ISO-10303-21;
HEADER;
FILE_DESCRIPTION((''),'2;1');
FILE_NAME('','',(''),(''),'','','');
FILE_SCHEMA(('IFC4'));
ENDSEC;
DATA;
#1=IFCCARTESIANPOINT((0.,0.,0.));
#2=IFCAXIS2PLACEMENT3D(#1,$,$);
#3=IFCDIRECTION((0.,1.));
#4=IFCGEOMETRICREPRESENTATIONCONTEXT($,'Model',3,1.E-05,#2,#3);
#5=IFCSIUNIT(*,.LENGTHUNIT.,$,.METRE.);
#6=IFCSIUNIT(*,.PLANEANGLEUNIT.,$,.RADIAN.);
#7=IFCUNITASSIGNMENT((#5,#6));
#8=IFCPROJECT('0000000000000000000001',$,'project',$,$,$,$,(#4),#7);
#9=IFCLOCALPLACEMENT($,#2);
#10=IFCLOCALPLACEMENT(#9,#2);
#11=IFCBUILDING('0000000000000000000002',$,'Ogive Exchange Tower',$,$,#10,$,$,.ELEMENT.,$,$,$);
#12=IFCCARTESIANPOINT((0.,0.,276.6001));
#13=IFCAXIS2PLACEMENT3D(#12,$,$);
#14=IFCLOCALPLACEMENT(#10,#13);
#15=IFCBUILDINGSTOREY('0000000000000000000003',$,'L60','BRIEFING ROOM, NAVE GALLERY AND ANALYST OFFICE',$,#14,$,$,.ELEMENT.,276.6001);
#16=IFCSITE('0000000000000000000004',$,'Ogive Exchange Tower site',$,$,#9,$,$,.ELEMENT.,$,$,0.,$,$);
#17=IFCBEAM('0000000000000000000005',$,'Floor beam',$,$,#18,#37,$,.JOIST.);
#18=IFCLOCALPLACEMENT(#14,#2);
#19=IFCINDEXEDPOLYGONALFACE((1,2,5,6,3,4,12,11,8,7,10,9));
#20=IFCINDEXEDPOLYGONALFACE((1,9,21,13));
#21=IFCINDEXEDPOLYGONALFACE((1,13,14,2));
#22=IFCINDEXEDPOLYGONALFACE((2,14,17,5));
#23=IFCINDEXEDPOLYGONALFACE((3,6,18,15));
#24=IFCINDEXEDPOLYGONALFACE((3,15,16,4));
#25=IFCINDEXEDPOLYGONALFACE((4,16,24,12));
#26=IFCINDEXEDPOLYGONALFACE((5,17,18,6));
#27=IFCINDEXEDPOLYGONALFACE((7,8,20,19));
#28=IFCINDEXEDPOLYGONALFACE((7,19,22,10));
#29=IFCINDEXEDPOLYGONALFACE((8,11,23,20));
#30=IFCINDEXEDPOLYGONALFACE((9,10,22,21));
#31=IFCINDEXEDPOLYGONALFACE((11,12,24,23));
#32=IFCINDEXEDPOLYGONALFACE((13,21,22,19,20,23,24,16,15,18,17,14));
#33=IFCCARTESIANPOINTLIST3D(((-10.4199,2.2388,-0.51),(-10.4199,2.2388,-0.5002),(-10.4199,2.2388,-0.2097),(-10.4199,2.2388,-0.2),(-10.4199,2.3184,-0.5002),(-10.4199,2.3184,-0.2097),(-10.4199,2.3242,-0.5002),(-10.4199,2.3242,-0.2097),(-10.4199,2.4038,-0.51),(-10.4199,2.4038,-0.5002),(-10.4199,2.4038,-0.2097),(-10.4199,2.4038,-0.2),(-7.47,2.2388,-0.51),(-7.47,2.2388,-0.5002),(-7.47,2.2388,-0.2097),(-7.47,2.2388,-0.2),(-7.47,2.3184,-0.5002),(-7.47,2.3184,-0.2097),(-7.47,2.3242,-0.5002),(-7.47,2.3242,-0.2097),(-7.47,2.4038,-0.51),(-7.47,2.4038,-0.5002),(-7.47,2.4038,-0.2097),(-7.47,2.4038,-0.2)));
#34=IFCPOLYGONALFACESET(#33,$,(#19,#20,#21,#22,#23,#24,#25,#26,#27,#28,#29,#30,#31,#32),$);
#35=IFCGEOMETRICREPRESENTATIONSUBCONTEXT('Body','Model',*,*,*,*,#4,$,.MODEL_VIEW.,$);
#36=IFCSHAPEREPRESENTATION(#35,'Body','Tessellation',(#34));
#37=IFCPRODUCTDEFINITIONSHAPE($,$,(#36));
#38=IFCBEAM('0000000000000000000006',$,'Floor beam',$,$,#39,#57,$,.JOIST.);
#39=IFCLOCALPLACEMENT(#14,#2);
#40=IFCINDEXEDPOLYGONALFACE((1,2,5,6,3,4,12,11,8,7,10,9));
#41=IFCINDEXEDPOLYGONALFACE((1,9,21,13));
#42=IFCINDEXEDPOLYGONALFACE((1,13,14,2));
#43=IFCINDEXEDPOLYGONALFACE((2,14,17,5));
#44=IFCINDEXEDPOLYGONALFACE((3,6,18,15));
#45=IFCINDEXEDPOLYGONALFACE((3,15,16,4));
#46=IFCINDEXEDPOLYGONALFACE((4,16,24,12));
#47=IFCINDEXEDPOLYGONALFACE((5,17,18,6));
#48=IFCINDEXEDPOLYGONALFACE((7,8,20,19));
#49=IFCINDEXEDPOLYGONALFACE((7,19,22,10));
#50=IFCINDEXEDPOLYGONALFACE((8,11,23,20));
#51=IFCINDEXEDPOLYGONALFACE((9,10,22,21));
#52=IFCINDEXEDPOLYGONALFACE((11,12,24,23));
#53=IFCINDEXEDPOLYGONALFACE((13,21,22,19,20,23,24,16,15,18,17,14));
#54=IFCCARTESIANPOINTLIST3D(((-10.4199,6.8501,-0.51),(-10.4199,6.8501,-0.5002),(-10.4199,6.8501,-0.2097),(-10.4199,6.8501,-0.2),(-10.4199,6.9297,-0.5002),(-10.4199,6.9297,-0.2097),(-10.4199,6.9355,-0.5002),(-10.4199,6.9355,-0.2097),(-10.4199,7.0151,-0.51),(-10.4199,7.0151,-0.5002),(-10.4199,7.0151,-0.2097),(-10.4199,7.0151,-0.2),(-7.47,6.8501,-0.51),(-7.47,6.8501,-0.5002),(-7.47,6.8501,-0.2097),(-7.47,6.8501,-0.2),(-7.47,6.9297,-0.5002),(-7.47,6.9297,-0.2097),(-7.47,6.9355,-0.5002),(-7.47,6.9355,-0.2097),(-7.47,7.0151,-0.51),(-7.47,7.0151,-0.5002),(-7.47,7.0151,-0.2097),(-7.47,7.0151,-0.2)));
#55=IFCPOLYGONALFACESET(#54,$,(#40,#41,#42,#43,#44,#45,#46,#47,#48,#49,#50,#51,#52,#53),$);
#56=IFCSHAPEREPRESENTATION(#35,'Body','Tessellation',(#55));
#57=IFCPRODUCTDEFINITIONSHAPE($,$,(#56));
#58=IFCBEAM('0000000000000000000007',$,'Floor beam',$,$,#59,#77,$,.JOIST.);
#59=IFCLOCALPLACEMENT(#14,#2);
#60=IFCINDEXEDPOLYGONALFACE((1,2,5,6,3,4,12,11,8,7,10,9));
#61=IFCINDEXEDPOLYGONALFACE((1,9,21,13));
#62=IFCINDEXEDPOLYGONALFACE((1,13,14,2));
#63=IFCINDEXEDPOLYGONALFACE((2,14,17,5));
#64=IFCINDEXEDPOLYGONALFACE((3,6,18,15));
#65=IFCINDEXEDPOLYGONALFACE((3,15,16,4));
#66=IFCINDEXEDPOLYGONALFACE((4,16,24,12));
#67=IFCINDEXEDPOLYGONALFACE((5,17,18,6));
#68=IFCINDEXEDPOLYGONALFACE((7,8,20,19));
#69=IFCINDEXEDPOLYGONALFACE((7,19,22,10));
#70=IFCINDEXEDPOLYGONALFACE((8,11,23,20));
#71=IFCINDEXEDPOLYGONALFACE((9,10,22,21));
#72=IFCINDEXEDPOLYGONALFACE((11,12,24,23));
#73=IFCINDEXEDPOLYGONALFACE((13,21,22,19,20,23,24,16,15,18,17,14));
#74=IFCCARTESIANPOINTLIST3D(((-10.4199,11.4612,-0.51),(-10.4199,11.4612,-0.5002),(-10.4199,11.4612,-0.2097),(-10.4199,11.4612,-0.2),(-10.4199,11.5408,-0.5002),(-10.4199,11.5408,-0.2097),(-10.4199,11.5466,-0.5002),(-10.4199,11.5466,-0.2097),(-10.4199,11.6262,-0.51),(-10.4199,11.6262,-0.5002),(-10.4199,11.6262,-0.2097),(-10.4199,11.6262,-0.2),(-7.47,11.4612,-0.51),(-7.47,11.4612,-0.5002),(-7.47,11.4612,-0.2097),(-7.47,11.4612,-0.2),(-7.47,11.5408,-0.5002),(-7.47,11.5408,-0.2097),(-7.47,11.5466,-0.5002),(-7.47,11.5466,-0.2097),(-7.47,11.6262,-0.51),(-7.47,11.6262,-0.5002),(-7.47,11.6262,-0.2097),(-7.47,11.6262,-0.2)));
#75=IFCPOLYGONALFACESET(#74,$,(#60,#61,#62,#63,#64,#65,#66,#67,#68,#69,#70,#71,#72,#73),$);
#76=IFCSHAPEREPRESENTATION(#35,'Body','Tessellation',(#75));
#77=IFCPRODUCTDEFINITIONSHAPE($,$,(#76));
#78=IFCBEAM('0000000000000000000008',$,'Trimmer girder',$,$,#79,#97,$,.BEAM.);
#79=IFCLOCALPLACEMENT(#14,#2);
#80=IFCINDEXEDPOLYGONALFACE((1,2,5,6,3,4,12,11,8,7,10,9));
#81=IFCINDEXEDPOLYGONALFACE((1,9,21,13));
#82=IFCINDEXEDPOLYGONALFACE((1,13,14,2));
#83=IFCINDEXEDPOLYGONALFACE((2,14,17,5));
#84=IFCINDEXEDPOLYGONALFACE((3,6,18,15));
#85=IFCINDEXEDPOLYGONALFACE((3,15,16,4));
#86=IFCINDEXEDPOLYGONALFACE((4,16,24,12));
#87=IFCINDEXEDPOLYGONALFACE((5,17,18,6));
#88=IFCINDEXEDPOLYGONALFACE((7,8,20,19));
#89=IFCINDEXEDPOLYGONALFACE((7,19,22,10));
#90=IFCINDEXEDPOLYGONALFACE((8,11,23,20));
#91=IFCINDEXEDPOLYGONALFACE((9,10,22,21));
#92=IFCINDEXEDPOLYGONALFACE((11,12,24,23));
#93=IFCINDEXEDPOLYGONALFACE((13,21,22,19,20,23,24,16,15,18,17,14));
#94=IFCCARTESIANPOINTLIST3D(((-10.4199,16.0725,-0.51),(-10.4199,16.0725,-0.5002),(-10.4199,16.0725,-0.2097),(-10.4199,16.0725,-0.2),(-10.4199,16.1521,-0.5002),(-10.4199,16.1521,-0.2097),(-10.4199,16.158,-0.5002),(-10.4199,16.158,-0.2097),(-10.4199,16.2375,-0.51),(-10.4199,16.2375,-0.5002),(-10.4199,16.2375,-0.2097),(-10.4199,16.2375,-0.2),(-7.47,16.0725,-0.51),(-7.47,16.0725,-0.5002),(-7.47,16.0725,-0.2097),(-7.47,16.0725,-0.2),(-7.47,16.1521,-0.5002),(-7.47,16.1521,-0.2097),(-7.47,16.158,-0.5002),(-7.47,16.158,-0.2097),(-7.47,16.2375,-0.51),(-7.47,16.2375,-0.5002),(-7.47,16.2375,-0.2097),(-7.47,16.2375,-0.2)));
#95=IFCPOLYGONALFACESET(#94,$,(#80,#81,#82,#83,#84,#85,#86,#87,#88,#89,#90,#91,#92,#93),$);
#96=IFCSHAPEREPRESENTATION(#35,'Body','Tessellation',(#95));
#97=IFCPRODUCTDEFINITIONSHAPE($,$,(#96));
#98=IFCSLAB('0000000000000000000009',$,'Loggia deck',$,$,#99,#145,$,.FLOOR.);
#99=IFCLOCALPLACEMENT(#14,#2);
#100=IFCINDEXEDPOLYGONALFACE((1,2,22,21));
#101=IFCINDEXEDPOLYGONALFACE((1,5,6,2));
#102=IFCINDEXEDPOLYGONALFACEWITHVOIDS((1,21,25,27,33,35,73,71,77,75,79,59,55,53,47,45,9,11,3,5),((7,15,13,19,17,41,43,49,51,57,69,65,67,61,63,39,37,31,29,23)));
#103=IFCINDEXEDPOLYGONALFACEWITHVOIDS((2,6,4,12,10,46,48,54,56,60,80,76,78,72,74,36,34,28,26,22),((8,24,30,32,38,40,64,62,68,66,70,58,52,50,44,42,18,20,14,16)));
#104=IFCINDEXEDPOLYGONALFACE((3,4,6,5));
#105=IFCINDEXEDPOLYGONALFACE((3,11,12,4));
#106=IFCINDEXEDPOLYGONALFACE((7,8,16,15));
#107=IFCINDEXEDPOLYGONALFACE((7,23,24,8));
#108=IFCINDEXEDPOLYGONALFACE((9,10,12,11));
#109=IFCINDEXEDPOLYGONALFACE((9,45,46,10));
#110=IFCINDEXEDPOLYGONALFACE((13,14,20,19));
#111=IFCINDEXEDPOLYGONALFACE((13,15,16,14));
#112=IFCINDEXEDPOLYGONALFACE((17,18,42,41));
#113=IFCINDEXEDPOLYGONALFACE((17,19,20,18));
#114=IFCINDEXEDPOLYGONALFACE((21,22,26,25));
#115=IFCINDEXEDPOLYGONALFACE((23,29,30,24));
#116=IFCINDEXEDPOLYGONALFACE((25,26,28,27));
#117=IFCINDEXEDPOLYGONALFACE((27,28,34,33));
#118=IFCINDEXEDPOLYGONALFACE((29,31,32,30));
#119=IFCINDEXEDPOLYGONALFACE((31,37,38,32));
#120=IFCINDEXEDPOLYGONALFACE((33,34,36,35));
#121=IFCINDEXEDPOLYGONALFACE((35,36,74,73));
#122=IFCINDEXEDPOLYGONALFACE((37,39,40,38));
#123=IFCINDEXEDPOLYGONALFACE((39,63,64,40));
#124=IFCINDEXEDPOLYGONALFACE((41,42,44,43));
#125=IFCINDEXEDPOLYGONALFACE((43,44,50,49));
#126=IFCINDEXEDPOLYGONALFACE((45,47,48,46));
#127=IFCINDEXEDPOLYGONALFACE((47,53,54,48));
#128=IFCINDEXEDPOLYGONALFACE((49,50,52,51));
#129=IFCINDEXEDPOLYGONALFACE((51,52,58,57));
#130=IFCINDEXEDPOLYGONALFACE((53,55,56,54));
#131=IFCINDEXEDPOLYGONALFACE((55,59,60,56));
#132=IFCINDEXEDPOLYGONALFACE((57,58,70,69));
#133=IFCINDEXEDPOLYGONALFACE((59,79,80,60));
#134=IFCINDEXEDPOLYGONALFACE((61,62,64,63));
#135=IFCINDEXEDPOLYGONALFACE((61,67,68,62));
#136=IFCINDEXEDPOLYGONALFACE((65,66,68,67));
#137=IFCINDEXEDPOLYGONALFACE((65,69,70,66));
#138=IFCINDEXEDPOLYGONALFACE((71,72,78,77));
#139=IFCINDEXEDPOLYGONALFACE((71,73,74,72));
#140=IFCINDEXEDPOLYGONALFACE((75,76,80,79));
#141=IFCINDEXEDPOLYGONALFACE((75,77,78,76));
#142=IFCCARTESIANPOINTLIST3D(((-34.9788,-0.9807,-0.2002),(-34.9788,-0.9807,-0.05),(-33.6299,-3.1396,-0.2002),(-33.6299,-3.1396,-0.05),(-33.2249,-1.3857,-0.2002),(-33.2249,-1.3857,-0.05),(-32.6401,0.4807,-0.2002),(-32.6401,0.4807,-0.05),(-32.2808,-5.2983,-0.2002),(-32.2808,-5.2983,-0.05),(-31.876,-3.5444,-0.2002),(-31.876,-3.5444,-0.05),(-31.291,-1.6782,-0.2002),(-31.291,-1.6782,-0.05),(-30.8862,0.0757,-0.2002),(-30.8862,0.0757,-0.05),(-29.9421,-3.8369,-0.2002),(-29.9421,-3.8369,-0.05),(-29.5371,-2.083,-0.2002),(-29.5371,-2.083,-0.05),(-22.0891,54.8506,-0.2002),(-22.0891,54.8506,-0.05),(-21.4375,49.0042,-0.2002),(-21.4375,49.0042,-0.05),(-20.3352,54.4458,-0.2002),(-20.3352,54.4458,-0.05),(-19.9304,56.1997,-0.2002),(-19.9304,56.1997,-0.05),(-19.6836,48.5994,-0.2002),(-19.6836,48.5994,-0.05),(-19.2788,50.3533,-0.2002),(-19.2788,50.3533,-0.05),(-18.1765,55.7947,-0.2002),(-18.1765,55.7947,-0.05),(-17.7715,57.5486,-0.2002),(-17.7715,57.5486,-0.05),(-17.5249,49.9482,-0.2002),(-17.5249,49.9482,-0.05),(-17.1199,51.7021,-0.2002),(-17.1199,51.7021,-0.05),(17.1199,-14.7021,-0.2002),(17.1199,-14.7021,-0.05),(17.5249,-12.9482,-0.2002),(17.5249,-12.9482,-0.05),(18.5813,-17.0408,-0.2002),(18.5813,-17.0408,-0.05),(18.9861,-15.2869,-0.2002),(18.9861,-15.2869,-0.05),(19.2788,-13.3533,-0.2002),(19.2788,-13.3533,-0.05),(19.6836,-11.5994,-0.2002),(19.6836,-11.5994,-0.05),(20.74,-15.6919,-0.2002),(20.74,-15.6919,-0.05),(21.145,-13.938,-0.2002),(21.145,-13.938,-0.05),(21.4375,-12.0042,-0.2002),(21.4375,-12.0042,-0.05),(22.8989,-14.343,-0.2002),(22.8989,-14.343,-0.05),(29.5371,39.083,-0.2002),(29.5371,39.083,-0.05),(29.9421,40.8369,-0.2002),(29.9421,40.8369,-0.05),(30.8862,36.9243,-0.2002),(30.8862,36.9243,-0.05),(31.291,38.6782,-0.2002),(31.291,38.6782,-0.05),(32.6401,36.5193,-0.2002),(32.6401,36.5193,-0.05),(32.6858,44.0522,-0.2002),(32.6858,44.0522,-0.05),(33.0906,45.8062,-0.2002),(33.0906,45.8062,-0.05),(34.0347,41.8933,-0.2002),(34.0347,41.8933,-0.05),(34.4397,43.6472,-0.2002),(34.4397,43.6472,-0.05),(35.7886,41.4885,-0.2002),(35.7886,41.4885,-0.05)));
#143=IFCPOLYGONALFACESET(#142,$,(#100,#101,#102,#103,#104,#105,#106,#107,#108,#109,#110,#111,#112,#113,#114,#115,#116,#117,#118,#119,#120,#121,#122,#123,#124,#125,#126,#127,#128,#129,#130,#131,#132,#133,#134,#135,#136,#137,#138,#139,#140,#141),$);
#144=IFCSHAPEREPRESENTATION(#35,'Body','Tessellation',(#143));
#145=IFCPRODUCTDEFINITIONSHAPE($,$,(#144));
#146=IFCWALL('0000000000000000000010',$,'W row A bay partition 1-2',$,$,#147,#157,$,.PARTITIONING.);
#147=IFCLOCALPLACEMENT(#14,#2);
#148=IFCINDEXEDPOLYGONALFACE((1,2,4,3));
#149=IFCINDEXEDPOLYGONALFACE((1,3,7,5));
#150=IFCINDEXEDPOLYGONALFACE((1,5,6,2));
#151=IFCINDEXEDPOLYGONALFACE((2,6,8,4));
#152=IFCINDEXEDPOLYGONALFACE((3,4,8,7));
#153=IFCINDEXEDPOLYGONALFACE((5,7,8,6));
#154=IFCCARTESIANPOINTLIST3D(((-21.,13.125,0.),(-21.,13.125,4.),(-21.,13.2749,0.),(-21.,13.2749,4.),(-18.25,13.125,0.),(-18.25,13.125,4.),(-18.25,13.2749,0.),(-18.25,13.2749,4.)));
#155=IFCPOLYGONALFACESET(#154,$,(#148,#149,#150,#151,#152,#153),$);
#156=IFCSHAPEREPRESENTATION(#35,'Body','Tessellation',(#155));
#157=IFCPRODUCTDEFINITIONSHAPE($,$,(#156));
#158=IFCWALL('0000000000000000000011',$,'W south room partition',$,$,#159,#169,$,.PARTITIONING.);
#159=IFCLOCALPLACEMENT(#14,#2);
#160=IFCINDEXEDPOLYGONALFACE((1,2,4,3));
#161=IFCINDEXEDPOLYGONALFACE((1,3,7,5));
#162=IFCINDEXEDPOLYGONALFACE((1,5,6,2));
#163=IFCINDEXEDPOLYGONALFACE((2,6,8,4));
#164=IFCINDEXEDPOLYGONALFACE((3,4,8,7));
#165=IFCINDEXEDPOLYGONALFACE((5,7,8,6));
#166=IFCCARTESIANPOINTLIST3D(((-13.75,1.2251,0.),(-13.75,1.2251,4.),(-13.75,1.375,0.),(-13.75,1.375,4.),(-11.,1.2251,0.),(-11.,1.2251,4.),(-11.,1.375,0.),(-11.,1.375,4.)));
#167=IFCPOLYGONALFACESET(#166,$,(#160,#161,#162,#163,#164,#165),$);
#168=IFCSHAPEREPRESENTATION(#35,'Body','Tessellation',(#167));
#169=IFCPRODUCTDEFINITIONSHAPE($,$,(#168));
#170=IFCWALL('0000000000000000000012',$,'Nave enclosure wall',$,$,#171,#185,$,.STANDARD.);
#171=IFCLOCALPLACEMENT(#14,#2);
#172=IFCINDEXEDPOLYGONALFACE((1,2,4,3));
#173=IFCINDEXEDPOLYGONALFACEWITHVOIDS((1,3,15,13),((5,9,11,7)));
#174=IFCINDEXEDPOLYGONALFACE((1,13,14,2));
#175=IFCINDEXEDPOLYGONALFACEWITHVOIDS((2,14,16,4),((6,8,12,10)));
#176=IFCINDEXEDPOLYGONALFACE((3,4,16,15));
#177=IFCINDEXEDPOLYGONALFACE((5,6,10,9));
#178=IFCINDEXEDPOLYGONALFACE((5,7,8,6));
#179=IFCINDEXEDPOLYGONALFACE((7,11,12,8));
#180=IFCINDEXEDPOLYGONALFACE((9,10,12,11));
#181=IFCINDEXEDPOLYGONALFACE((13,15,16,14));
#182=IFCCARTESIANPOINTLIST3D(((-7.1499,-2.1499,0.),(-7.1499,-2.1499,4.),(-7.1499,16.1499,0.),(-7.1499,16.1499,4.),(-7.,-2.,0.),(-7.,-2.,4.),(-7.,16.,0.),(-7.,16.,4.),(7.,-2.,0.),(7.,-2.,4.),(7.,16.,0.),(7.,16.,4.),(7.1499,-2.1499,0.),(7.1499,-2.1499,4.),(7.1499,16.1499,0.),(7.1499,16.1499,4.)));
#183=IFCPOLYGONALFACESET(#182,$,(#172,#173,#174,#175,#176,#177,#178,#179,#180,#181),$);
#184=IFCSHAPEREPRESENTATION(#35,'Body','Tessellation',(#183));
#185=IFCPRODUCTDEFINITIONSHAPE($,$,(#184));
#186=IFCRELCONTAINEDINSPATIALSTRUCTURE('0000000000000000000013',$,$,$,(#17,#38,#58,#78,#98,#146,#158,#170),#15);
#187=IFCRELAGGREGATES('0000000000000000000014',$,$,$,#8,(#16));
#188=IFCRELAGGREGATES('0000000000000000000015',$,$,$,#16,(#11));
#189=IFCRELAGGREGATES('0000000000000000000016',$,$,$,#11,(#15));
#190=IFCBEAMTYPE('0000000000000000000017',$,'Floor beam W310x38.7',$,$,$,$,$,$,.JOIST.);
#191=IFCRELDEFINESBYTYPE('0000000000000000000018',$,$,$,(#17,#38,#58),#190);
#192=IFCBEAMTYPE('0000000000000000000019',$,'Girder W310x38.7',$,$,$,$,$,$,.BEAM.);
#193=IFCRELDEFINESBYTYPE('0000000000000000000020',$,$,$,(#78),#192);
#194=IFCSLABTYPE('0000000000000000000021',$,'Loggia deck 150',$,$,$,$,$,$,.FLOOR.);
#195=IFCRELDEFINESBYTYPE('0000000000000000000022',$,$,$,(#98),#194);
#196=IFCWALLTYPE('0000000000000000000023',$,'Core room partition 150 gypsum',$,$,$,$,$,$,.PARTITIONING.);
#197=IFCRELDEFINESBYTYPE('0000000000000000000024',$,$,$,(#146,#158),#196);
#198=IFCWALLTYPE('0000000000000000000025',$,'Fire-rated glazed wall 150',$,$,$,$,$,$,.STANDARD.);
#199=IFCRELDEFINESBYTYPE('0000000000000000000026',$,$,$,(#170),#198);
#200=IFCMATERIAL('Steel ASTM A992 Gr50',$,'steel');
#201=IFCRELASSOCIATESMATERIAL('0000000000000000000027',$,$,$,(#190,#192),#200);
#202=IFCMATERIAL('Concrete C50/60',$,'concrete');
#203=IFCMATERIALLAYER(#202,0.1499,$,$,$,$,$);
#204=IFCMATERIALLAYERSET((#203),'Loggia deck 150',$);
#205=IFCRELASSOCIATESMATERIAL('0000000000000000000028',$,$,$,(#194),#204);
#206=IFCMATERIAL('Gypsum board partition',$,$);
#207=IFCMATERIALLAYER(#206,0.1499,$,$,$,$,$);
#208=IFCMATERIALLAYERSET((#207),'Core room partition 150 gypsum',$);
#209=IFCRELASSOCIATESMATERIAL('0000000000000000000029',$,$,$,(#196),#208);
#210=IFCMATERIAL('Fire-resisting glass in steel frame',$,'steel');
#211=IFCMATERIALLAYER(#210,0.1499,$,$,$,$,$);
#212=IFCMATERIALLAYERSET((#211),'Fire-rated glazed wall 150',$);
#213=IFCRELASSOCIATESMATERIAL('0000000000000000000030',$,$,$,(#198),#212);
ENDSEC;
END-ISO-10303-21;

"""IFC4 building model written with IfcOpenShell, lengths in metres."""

from ifc_helpers import new_model, si_unit, direction, frame, frame_2d, origin, origin_2d, place, context, subcontext, project, spatial, polyline, rectangle, i_section, outline, extrude, material, layer, layer_set, material_profile, profile_set, type_object, element, save


model = new_model("IFC4")

# Units and contexts
model_context = context("Model", 3, precision=1e-05, world=origin(), true_north=direction((0.0, 1.0)))
body_context = subcontext(model_context, "Body", "Model", "MODEL_VIEW")
ifc_project = project(units=[si_unit("LENGTHUNIT", "METRE"), si_unit("PLANEANGLEUNIT", "RADIAN")], contexts=[model_context])

# Site, building, storey
site_placement = place(None, origin())
site = spatial("IfcSite", under=ifc_project, at=site_placement, Name="Ogive Exchange Tower site", CompositionType="ELEMENT", RefElevation=0.0)
building_placement = place(site_placement, origin())
building = spatial("IfcBuilding", under=site, at=building_placement, Name="Ogive Exchange Tower", CompositionType="ELEMENT")
storey_placement = place(building_placement, frame((0.0, 0.0, 276.6001)))
storey = spatial("IfcBuildingStorey", under=building, at=storey_placement, Name="L60", Description="BRIEFING ROOM, NAVE GALLERY AND ANALYST OFFICE", CompositionType="ELEMENT", Elevation=276.6001)

# Beams
ifc_material_1 = material(Name="Steel ASTM A992 Gr50", Category="steel")
ifc_material_profile_1 = material_profile(ifc_material_1, i_section(OverallWidth=0.165, OverallDepth=0.3101, WebThickness=0.0059, FlangeThickness=0.0098, at=origin_2d()), Name="W310x38.7")
ifc_profile_set_1 = profile_set([ifc_material_profile_1], Name="Steel ASTM A992 Gr50")
beam_type_1 = type_object("IfcBeamType", Name="Floor beam W310x38.7", PredefinedType="JOIST", material=ifc_profile_set_1)
for number, where, z_axis, x_axis, name in (
    (1, (-10.4199, 2.3213, -0.355), (1.0, 0.0, 0.0), (0.0, 1.0, 0.0), "Floor beam"),
    (2, (-10.4199, 6.9326, -0.355), (1.0, 0.0, 0.0), (0.0, 1.0, 0.0), "Floor beam"),
    (3, (-10.4199, 11.5437, -0.355), (1.0, 0.0, 0.0), (0.0, 1.0, 0.0), "Floor beam"),
):
    element("IfcBeam", number, at=place(storey_placement, frame(where, z_axis=z_axis, x_axis=x_axis)), inside=storey, type_object=beam_type_1, Name=name, PredefinedType="JOIST", context=body_context, shape_type="SweptSolid", body=[
        extrude(i_section(OverallWidth=0.165, OverallDepth=0.3101, WebThickness=0.0059, FlangeThickness=0.0098, at=origin_2d()), origin(), (0.0, 0.0, 1.0), 2.95),
    ])
ifc_material_profile_2 = material_profile(ifc_material_1, i_section(OverallWidth=0.165, OverallDepth=0.3101, WebThickness=0.0059, FlangeThickness=0.0098, at=origin_2d()), Name="W310x38.7")
ifc_profile_set_2 = profile_set([ifc_material_profile_2], Name="Steel ASTM A992 Gr50")
beam_type_2 = type_object("IfcBeamType", Name="Girder W310x38.7", PredefinedType="BEAM", material=ifc_profile_set_2)
beam_placement = place(storey_placement, frame((-10.4199, 16.155, -0.355), z_axis=(1.0, 0.0, 0.0), x_axis=(0.0, 1.0, 0.0)))
element("IfcBeam", 4, at=beam_placement, inside=storey, type_object=beam_type_2, Name="Trimmer girder", PredefinedType="BEAM", context=body_context, shape_type="SweptSolid", body=[
    extrude(i_section(OverallWidth=0.165, OverallDepth=0.3101, WebThickness=0.0059, FlangeThickness=0.0098, at=origin_2d()), origin(), (0.0, 0.0, 1.0), 2.95),
])

# Slab
ifc_material_2 = material(Name="Concrete C50/60", Category="concrete")
ifc_layer_1 = layer(ifc_material_2, 0.1499)
ifc_layer_set_1 = layer_set([ifc_layer_1], Name="Loggia deck 150")
slab_type = type_object("IfcSlabType", Name="Loggia deck 150", PredefinedType="FLOOR", material=ifc_layer_set_1)
slab_placement = place(storey_placement, frame((0.0, 0.0, -0.2002)))
element("IfcSlab", 5, at=slab_placement, inside=storey, type_object=slab_type, Name="Loggia deck", PredefinedType="FLOOR", context=body_context, shape_type="SweptSolid", body=[
    extrude(outline(polyline([(-31.876, -3.5444), (-33.6299, -3.1396), (-33.2249, -1.3857), (-34.9788, -0.9807), (-22.0891, 54.8506), (-20.3352, 54.4458), (-19.9304, 56.1997), (-18.1765, 55.7947), (-17.7715, 57.5486), (33.0906, 45.8062), (32.6858, 44.0522), (34.4397, 43.6472), (34.0347, 41.8933), (35.7886, 41.4885), (22.8989, -14.343), (21.145, -13.938), (20.74, -15.6919), (18.9861, -15.2869), (18.5813, -17.0408), (-32.2808, -5.2983), (-31.876, -3.5444)]), holes=[polyline([(17.5249, -12.9482), (19.2788, -13.3533), (19.6836, -11.5994), (21.4375, -12.0042), (32.6401, 36.5193), (30.8862, 36.9243), (31.291, 38.6782), (29.5371, 39.083), (29.9421, 40.8369), (-17.1199, 51.7021), (-17.5249, 49.9482), (-19.2788, 50.3533), (-19.6836, 48.5994), (-21.4375, 49.0042), (-32.6401, 0.4807), (-30.8862, 0.0757), (-31.291, -1.6782), (-29.5371, -2.083), (-29.9421, -3.8369), (17.1199, -14.7021), (17.5249, -12.9482)])]), origin(), (0.0, 0.0, 1.0), 0.1501),
])

# Walls
ifc_material_3 = material(Name="Gypsum board partition")
ifc_layer_2 = layer(ifc_material_3, 0.1499)
ifc_layer_set_2 = layer_set([ifc_layer_2], Name="Core room partition 150 gypsum")
wall_type_1 = type_object("IfcWallType", Name="Core room partition 150 gypsum", PredefinedType="PARTITIONING", material=ifc_layer_set_2)
for number, where, z_axis, x_axis, name in (
    (6, (-21.0, 13.2, 0.0), (0.0, 0.0, 1.0), (1.0, 0.0, 0.0), "W row A bay partition 1-2"),
    (7, (-13.75, 1.3, 0.0), (0.0, 0.0, 1.0), (1.0, 0.0, 0.0), "W south room partition"),
):
    element("IfcWall", number, at=place(storey_placement, frame(where, z_axis=z_axis, x_axis=x_axis)), inside=storey, type_object=wall_type_1, Name=name, PredefinedType="PARTITIONING", context=body_context, shape_type="SweptSolid", body=[
        extrude(rectangle(XDim=2.75, YDim=0.1499, at=frame_2d((1.375, 0.0))), origin(), (0.0, 0.0, 1.0), 4.0),
    ])
ifc_material_4 = material(Name="Fire-resisting glass in steel frame", Category="steel")
ifc_layer_3 = layer(ifc_material_4, 0.1499)
ifc_layer_set_3 = layer_set([ifc_layer_3], Name="Fire-rated glazed wall 150")
wall_type_2 = type_object("IfcWallType", Name="Fire-rated glazed wall 150", PredefinedType="STANDARD", material=ifc_layer_set_3)
wall_1_placement = place(storey_placement, origin())
element("IfcWall", 8, at=wall_1_placement, inside=storey, type_object=wall_type_2, Name="Nave enclosure wall", PredefinedType="STANDARD", context=body_context, shape_type="SweptSolid", body=[
    extrude(outline(polyline([(-7.1499, -2.1499), (7.1499, -2.1499), (7.1499, 16.1499), (-7.1499, 16.1499), (-7.1499, -2.1499)]), holes=[polyline([(-7.0, -2.0), (-7.0, 16.0), (7.0, 16.0), (7.0, -2.0), (-7.0, -2.0)])]), origin(), (0.0, 0.0, 1.0), 4.0),
])

save(model, "model.ifc")
